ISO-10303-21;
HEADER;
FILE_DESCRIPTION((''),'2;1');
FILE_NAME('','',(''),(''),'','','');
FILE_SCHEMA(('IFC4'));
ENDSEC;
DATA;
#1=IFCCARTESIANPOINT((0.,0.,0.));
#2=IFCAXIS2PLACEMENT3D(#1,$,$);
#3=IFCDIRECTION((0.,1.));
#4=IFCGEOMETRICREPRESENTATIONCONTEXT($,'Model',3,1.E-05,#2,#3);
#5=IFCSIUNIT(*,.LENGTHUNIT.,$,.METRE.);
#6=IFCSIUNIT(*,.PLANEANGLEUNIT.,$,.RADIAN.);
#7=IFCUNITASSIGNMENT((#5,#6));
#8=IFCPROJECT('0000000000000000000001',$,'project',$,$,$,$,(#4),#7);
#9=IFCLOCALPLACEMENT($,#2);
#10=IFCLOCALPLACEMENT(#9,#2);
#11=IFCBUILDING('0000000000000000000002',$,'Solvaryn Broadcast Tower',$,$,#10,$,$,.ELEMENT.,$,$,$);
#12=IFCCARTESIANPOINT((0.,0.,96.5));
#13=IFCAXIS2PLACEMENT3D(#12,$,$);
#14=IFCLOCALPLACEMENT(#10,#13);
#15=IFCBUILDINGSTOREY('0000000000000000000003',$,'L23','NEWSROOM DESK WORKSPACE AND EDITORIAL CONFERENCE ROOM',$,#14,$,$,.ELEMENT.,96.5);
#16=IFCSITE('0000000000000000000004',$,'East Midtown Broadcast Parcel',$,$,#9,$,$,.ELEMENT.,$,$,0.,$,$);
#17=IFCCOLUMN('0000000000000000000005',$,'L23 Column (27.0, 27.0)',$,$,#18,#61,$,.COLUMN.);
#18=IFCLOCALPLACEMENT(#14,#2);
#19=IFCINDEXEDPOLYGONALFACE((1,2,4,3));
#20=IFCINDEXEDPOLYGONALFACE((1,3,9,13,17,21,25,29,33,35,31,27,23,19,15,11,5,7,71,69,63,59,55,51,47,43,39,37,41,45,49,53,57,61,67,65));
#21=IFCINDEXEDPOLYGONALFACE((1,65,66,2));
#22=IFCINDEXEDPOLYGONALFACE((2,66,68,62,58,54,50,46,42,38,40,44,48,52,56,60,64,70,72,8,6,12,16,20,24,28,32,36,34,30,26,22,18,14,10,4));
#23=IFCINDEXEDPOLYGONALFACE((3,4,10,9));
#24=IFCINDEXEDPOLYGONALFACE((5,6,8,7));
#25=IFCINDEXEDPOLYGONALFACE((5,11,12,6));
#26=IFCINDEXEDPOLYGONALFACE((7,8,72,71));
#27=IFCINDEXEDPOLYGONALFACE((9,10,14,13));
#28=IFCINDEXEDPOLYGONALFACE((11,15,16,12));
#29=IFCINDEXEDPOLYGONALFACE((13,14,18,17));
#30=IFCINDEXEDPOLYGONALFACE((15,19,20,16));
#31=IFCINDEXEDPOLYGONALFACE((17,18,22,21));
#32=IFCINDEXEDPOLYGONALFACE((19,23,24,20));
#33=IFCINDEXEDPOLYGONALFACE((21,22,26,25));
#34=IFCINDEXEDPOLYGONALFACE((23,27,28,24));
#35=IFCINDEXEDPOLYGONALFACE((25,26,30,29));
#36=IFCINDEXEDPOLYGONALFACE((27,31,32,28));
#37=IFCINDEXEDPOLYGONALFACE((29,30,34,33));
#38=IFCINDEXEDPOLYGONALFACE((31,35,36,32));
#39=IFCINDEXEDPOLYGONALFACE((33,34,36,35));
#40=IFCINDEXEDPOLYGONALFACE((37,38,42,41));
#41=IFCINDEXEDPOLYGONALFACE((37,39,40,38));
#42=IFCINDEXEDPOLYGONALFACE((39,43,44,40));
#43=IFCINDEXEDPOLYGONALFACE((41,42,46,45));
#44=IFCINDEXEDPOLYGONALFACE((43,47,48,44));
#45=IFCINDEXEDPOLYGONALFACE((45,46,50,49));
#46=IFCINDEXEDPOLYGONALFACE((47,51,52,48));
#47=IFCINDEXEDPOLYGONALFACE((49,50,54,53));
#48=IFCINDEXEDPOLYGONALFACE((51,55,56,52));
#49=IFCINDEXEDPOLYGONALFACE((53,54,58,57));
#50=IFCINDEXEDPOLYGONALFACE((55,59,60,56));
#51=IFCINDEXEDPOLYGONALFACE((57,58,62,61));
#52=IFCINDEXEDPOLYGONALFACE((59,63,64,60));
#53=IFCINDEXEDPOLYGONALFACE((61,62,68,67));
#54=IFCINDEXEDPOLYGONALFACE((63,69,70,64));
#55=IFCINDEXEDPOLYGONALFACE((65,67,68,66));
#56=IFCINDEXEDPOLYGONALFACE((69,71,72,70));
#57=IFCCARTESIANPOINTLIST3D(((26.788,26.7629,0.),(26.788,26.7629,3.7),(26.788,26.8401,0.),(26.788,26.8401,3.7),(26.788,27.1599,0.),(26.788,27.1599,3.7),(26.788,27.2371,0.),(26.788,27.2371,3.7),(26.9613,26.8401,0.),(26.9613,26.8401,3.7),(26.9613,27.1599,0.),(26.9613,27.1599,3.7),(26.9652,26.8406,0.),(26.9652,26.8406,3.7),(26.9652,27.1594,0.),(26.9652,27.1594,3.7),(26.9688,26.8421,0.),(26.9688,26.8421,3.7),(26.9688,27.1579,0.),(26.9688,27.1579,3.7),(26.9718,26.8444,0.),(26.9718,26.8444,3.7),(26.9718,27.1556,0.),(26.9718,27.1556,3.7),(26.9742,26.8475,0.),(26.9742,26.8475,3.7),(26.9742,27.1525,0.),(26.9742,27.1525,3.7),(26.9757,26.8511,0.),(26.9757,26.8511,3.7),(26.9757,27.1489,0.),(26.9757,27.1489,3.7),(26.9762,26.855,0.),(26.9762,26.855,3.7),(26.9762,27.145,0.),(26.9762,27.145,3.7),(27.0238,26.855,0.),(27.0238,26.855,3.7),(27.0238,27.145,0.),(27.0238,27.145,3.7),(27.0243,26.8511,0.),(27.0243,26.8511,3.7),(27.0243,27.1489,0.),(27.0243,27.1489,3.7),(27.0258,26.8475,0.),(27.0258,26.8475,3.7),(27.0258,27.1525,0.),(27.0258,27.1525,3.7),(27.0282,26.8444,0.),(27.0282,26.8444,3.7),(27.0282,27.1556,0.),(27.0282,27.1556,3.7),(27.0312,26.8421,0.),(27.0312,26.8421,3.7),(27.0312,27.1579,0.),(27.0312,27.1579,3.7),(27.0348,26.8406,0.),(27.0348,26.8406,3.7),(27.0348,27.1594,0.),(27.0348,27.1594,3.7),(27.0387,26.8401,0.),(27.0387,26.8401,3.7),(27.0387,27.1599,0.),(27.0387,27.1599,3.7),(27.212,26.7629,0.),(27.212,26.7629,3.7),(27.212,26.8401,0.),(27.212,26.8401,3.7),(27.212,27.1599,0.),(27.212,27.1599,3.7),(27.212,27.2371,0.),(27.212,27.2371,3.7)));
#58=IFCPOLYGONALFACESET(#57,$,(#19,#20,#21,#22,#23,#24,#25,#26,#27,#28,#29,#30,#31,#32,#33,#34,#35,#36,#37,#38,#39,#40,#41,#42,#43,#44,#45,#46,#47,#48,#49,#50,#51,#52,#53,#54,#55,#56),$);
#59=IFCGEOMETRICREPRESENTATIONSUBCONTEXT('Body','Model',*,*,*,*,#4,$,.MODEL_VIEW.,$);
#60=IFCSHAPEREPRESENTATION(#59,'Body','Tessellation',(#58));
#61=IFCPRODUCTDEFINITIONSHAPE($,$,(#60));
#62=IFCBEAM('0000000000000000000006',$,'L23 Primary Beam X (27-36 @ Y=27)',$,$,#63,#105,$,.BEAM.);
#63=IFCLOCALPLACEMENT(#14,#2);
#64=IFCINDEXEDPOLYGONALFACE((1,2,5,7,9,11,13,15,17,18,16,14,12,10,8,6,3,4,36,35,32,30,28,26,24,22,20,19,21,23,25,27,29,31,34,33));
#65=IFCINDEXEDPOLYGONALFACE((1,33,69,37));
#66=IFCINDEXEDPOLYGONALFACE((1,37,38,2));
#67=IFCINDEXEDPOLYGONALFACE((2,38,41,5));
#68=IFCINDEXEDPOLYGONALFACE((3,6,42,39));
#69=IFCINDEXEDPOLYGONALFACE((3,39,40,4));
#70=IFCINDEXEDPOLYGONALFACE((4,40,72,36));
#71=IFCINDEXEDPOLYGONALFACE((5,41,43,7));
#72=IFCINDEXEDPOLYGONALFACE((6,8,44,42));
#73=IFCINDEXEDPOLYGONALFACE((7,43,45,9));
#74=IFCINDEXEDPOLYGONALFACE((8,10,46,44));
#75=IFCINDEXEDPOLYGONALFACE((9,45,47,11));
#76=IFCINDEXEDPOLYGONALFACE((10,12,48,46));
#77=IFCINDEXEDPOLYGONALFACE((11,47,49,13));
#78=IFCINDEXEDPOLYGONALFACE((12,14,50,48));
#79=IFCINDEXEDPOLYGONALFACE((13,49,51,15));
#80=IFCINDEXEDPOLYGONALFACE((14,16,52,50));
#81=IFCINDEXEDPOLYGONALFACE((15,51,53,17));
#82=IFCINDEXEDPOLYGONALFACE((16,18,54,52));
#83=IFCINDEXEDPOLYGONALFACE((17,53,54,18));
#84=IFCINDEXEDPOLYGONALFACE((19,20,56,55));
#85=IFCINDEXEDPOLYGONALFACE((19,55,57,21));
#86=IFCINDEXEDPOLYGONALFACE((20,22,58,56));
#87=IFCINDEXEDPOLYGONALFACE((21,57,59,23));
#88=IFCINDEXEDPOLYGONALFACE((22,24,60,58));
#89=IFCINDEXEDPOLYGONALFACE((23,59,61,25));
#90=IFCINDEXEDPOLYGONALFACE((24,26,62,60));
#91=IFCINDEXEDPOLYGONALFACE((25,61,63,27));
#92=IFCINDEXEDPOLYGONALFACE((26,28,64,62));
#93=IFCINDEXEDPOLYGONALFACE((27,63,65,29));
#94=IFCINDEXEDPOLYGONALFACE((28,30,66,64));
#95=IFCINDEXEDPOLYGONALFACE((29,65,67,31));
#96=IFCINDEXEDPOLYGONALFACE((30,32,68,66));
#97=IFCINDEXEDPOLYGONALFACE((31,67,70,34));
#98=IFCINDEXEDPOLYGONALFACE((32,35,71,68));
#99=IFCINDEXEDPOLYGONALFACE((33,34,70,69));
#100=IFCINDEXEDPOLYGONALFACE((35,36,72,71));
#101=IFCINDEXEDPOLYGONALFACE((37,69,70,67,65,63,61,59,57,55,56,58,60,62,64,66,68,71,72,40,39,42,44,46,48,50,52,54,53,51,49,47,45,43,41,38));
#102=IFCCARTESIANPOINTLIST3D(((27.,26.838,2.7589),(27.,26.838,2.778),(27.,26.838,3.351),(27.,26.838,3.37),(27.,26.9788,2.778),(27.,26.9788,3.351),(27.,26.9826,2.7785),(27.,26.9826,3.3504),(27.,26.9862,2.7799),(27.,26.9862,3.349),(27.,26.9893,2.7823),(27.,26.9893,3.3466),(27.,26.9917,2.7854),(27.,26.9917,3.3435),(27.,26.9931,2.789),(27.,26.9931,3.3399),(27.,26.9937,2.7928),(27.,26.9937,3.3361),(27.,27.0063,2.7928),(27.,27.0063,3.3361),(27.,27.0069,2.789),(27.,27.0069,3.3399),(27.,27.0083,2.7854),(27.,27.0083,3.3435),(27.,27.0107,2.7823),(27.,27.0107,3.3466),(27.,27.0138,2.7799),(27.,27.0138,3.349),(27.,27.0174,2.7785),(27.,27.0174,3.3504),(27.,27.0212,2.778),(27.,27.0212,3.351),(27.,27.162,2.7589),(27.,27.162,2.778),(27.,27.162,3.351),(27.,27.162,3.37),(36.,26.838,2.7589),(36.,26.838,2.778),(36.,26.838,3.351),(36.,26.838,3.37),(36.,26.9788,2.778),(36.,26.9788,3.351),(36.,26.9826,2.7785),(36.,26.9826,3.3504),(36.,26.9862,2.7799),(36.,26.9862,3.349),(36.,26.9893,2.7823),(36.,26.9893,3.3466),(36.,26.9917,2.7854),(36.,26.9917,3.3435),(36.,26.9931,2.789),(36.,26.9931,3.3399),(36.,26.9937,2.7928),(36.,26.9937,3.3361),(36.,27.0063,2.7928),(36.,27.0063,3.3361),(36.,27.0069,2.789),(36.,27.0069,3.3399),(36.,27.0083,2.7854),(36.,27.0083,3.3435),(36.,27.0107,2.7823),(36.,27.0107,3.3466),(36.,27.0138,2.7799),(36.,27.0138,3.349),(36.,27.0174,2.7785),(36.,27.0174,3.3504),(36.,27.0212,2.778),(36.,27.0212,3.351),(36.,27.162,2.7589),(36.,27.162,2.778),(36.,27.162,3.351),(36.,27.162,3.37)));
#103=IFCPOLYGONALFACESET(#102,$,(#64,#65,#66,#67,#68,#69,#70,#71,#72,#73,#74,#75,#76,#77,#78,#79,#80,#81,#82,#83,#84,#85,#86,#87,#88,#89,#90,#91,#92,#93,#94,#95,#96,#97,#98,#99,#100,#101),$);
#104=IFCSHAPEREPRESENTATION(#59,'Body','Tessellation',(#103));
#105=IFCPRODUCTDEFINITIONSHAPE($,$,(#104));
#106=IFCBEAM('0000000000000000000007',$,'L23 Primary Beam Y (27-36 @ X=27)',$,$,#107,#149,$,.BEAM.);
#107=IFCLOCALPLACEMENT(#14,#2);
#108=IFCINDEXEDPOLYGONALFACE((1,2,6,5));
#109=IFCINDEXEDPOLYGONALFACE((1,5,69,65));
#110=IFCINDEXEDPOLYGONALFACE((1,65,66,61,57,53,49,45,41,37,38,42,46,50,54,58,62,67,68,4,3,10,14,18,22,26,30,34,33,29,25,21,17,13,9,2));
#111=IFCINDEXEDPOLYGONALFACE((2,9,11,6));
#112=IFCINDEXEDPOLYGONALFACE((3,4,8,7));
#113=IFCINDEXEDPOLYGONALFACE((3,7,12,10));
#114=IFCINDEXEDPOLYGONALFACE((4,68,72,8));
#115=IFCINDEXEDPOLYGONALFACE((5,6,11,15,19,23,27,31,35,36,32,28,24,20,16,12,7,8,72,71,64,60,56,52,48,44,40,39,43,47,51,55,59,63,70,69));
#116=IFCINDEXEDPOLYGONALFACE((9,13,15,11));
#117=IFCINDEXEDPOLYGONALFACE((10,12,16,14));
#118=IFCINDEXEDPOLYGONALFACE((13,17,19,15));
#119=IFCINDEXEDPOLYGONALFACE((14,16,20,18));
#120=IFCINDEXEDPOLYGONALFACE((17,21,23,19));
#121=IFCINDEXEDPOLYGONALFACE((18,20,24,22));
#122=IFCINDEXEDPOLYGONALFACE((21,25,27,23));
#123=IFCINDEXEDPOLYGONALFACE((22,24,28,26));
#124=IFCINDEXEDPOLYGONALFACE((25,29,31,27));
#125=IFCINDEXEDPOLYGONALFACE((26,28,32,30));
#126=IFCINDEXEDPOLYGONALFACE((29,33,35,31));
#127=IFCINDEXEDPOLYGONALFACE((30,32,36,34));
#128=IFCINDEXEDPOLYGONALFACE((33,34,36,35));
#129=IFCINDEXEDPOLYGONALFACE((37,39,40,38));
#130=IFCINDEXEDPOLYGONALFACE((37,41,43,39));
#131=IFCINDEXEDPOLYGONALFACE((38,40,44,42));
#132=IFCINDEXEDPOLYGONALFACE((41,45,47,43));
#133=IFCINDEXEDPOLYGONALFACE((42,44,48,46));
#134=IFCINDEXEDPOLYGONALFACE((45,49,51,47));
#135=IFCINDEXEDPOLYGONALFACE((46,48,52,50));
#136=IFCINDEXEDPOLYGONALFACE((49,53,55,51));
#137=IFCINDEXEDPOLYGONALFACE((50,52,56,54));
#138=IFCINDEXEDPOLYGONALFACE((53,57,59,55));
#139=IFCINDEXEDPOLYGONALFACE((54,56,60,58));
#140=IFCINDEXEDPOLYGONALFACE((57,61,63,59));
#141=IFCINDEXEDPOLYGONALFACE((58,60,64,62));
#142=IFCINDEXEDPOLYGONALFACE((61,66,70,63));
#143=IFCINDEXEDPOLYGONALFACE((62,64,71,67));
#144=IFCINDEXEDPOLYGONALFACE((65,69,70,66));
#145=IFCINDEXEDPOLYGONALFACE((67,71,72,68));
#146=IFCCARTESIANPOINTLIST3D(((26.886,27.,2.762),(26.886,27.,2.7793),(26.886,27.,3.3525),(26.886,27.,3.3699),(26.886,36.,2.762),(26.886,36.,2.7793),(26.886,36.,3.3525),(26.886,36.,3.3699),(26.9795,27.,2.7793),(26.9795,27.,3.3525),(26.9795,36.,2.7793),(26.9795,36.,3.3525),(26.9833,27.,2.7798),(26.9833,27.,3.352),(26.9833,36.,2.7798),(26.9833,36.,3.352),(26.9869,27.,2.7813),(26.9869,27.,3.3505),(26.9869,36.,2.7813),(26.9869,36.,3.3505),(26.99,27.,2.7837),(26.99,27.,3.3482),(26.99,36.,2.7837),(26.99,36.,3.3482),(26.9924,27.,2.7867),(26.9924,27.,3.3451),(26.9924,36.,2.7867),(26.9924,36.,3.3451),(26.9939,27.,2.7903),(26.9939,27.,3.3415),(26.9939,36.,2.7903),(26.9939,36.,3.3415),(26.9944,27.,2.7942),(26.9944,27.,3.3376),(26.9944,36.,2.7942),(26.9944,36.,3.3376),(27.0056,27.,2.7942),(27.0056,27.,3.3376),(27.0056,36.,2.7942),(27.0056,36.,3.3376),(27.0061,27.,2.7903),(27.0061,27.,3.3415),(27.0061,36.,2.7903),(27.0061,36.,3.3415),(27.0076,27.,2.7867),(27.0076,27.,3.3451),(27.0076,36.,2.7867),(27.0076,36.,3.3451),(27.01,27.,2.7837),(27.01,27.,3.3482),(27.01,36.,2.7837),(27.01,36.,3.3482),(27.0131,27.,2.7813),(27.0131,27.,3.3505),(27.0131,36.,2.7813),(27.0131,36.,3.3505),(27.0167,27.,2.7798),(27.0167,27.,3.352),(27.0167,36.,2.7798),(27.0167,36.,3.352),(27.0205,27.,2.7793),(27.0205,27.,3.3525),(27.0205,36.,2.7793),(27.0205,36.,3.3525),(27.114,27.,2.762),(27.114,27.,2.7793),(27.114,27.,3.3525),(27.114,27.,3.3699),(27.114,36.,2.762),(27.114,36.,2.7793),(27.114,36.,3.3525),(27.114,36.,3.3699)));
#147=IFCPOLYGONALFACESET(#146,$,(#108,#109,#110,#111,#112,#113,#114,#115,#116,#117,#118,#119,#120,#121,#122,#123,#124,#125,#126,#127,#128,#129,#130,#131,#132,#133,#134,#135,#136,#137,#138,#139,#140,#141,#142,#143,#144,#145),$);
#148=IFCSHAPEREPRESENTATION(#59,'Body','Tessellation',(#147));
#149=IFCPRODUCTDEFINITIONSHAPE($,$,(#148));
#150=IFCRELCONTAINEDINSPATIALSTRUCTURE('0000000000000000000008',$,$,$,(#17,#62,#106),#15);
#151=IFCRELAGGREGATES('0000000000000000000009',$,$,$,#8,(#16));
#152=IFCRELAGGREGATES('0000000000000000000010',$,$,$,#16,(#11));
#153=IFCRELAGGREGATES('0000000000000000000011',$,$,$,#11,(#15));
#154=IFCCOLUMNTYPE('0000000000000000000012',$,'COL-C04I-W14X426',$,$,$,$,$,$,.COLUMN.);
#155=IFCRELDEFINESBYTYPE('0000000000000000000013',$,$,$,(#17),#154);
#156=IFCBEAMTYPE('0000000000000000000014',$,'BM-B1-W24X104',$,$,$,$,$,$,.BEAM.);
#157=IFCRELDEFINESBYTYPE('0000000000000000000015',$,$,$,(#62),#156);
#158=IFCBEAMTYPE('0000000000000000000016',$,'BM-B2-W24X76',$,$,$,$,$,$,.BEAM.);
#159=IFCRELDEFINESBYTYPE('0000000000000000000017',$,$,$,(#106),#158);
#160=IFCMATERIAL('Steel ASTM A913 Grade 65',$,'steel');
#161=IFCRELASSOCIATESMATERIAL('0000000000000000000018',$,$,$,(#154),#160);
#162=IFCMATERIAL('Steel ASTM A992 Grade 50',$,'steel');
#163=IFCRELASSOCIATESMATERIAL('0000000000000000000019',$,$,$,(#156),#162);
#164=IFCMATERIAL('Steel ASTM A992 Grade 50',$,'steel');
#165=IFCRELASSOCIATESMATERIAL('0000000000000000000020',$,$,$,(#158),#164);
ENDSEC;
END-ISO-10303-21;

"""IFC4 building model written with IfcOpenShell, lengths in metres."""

from ifc_helpers import new_model, si_unit, direction, frame, origin, origin_2d, place, context, subcontext, project, spatial, i_section, extrude, material, material_profile, profile_set, type_object, element, save


model = new_model("IFC4")

# Units and contexts
model_context = context("Model", 3, precision=1e-05, world=origin(), true_north=direction((0.0, 1.0)))
body_context = subcontext(model_context, "Body", "Model", "MODEL_VIEW")
ifc_project = project(units=[si_unit("LENGTHUNIT", "METRE"), si_unit("PLANEANGLEUNIT", "RADIAN")], contexts=[model_context])

# Site, building, storey
site_placement = place(None, origin())
site = spatial("IfcSite", under=ifc_project, at=site_placement, Name="East Midtown Broadcast Parcel", CompositionType="ELEMENT", RefElevation=0.0)
building_placement = place(site_placement, origin())
building = spatial("IfcBuilding", under=site, at=building_placement, Name="Solvaryn Broadcast Tower", CompositionType="ELEMENT")
storey_placement = place(building_placement, frame((0.0, 0.0, 96.5)))
storey = spatial("IfcBuildingStorey", under=building, at=storey_placement, Name="L23", Description="NEWSROOM DESK WORKSPACE AND EDITORIAL CONFERENCE ROOM", CompositionType="ELEMENT", Elevation=96.5)

# Column
ifc_material_1 = material(Name="Steel ASTM A913 Grade 65", Category="steel")
ifc_material_profile_1 = material_profile(ifc_material_1, i_section(OverallWidth=0.4241, OverallDepth=0.4741, WebThickness=0.0476, FlangeThickness=0.0771, FilletRadius=0.0149, at=origin_2d()))
ifc_profile_set_1 = profile_set([ifc_material_profile_1], Name="Steel ASTM A913 Grade 65")
column_type = type_object("IfcColumnType", Name="COL-C04I-W14X426", PredefinedType="COLUMN", material=ifc_profile_set_1)
column_placement = place(storey_placement, frame((27.0, 27.0, 0.0), z_axis=(0.0, 0.0, 1.0), x_axis=(1.0, 0.0, 0.0)))
element("IfcColumn", 1, at=column_placement, inside=storey, type_object=column_type, Name="L23 Column (27.0, 27.0)", PredefinedType="COLUMN", context=body_context, shape_type="SweptSolid", body=[
    extrude(i_section(OverallWidth=0.4241, OverallDepth=0.4741, WebThickness=0.0476, FlangeThickness=0.0771, FilletRadius=0.0149, at=origin_2d()), origin(), (0.0, 0.0, 1.0), 3.7),
])

# Beams
ifc_material_2 = material(Name="Steel ASTM A992 Grade 50", Category="steel")
ifc_material_profile_2 = material_profile(ifc_material_2, i_section(OverallWidth=0.324, OverallDepth=0.6111, WebThickness=0.0127, FlangeThickness=0.019, FilletRadius=0.0149, at=origin_2d()))
ifc_profile_set_2 = profile_set([ifc_material_profile_2], Name="Steel ASTM A992 Grade 50")
beam_type_1 = type_object("IfcBeamType", Name="BM-B1-W24X104", PredefinedType="BEAM", material=ifc_profile_set_2)
beam_1_placement = place(storey_placement, frame((27.0, 27.0, 3.0645), z_axis=(1.0, 0.0, 0.0), x_axis=(0.0, 1.0, 0.0)))
element("IfcBeam", 2, at=beam_1_placement, inside=storey, type_object=beam_type_1, Name="L23 Primary Beam X (27-36 @ Y=27)", PredefinedType="BEAM", context=body_context, shape_type="SweptSolid", body=[
    extrude(i_section(OverallWidth=0.324, OverallDepth=0.6111, WebThickness=0.0127, FlangeThickness=0.019, FilletRadius=0.0149, at=origin_2d()), origin(), (0.0, 0.0, 1.0), 9.0),
])
ifc_material_3 = material(Name="Steel ASTM A992 Grade 50", Category="steel")
ifc_material_profile_3 = material_profile(ifc_material_3, i_section(OverallWidth=0.228, OverallDepth=0.6079, WebThickness=0.0112, FlangeThickness=0.0173, FilletRadius=0.0149, at=origin_2d()))
ifc_profile_set_3 = profile_set([ifc_material_profile_3], Name="Steel ASTM A992 Grade 50")
beam_type_2 = type_object("IfcBeamType", Name="BM-B2-W24X76", PredefinedType="BEAM", material=ifc_profile_set_3)
beam_2_placement = place(storey_placement, frame((27.0, 27.0, 3.0659), z_axis=(0.0, 1.0, 0.0), x_axis=(-1.0, 0.0, 0.0)))
element("IfcBeam", 3, at=beam_2_placement, inside=storey, type_object=beam_type_2, Name="L23 Primary Beam Y (27-36 @ X=27)", PredefinedType="BEAM", context=body_context, shape_type="SweptSolid", body=[
    extrude(i_section(OverallWidth=0.228, OverallDepth=0.6079, WebThickness=0.0112, FlangeThickness=0.0173, FilletRadius=0.0149, at=origin_2d()), origin(), (0.0, 0.0, 1.0), 9.0),
])

save(model, "model.ifc")
